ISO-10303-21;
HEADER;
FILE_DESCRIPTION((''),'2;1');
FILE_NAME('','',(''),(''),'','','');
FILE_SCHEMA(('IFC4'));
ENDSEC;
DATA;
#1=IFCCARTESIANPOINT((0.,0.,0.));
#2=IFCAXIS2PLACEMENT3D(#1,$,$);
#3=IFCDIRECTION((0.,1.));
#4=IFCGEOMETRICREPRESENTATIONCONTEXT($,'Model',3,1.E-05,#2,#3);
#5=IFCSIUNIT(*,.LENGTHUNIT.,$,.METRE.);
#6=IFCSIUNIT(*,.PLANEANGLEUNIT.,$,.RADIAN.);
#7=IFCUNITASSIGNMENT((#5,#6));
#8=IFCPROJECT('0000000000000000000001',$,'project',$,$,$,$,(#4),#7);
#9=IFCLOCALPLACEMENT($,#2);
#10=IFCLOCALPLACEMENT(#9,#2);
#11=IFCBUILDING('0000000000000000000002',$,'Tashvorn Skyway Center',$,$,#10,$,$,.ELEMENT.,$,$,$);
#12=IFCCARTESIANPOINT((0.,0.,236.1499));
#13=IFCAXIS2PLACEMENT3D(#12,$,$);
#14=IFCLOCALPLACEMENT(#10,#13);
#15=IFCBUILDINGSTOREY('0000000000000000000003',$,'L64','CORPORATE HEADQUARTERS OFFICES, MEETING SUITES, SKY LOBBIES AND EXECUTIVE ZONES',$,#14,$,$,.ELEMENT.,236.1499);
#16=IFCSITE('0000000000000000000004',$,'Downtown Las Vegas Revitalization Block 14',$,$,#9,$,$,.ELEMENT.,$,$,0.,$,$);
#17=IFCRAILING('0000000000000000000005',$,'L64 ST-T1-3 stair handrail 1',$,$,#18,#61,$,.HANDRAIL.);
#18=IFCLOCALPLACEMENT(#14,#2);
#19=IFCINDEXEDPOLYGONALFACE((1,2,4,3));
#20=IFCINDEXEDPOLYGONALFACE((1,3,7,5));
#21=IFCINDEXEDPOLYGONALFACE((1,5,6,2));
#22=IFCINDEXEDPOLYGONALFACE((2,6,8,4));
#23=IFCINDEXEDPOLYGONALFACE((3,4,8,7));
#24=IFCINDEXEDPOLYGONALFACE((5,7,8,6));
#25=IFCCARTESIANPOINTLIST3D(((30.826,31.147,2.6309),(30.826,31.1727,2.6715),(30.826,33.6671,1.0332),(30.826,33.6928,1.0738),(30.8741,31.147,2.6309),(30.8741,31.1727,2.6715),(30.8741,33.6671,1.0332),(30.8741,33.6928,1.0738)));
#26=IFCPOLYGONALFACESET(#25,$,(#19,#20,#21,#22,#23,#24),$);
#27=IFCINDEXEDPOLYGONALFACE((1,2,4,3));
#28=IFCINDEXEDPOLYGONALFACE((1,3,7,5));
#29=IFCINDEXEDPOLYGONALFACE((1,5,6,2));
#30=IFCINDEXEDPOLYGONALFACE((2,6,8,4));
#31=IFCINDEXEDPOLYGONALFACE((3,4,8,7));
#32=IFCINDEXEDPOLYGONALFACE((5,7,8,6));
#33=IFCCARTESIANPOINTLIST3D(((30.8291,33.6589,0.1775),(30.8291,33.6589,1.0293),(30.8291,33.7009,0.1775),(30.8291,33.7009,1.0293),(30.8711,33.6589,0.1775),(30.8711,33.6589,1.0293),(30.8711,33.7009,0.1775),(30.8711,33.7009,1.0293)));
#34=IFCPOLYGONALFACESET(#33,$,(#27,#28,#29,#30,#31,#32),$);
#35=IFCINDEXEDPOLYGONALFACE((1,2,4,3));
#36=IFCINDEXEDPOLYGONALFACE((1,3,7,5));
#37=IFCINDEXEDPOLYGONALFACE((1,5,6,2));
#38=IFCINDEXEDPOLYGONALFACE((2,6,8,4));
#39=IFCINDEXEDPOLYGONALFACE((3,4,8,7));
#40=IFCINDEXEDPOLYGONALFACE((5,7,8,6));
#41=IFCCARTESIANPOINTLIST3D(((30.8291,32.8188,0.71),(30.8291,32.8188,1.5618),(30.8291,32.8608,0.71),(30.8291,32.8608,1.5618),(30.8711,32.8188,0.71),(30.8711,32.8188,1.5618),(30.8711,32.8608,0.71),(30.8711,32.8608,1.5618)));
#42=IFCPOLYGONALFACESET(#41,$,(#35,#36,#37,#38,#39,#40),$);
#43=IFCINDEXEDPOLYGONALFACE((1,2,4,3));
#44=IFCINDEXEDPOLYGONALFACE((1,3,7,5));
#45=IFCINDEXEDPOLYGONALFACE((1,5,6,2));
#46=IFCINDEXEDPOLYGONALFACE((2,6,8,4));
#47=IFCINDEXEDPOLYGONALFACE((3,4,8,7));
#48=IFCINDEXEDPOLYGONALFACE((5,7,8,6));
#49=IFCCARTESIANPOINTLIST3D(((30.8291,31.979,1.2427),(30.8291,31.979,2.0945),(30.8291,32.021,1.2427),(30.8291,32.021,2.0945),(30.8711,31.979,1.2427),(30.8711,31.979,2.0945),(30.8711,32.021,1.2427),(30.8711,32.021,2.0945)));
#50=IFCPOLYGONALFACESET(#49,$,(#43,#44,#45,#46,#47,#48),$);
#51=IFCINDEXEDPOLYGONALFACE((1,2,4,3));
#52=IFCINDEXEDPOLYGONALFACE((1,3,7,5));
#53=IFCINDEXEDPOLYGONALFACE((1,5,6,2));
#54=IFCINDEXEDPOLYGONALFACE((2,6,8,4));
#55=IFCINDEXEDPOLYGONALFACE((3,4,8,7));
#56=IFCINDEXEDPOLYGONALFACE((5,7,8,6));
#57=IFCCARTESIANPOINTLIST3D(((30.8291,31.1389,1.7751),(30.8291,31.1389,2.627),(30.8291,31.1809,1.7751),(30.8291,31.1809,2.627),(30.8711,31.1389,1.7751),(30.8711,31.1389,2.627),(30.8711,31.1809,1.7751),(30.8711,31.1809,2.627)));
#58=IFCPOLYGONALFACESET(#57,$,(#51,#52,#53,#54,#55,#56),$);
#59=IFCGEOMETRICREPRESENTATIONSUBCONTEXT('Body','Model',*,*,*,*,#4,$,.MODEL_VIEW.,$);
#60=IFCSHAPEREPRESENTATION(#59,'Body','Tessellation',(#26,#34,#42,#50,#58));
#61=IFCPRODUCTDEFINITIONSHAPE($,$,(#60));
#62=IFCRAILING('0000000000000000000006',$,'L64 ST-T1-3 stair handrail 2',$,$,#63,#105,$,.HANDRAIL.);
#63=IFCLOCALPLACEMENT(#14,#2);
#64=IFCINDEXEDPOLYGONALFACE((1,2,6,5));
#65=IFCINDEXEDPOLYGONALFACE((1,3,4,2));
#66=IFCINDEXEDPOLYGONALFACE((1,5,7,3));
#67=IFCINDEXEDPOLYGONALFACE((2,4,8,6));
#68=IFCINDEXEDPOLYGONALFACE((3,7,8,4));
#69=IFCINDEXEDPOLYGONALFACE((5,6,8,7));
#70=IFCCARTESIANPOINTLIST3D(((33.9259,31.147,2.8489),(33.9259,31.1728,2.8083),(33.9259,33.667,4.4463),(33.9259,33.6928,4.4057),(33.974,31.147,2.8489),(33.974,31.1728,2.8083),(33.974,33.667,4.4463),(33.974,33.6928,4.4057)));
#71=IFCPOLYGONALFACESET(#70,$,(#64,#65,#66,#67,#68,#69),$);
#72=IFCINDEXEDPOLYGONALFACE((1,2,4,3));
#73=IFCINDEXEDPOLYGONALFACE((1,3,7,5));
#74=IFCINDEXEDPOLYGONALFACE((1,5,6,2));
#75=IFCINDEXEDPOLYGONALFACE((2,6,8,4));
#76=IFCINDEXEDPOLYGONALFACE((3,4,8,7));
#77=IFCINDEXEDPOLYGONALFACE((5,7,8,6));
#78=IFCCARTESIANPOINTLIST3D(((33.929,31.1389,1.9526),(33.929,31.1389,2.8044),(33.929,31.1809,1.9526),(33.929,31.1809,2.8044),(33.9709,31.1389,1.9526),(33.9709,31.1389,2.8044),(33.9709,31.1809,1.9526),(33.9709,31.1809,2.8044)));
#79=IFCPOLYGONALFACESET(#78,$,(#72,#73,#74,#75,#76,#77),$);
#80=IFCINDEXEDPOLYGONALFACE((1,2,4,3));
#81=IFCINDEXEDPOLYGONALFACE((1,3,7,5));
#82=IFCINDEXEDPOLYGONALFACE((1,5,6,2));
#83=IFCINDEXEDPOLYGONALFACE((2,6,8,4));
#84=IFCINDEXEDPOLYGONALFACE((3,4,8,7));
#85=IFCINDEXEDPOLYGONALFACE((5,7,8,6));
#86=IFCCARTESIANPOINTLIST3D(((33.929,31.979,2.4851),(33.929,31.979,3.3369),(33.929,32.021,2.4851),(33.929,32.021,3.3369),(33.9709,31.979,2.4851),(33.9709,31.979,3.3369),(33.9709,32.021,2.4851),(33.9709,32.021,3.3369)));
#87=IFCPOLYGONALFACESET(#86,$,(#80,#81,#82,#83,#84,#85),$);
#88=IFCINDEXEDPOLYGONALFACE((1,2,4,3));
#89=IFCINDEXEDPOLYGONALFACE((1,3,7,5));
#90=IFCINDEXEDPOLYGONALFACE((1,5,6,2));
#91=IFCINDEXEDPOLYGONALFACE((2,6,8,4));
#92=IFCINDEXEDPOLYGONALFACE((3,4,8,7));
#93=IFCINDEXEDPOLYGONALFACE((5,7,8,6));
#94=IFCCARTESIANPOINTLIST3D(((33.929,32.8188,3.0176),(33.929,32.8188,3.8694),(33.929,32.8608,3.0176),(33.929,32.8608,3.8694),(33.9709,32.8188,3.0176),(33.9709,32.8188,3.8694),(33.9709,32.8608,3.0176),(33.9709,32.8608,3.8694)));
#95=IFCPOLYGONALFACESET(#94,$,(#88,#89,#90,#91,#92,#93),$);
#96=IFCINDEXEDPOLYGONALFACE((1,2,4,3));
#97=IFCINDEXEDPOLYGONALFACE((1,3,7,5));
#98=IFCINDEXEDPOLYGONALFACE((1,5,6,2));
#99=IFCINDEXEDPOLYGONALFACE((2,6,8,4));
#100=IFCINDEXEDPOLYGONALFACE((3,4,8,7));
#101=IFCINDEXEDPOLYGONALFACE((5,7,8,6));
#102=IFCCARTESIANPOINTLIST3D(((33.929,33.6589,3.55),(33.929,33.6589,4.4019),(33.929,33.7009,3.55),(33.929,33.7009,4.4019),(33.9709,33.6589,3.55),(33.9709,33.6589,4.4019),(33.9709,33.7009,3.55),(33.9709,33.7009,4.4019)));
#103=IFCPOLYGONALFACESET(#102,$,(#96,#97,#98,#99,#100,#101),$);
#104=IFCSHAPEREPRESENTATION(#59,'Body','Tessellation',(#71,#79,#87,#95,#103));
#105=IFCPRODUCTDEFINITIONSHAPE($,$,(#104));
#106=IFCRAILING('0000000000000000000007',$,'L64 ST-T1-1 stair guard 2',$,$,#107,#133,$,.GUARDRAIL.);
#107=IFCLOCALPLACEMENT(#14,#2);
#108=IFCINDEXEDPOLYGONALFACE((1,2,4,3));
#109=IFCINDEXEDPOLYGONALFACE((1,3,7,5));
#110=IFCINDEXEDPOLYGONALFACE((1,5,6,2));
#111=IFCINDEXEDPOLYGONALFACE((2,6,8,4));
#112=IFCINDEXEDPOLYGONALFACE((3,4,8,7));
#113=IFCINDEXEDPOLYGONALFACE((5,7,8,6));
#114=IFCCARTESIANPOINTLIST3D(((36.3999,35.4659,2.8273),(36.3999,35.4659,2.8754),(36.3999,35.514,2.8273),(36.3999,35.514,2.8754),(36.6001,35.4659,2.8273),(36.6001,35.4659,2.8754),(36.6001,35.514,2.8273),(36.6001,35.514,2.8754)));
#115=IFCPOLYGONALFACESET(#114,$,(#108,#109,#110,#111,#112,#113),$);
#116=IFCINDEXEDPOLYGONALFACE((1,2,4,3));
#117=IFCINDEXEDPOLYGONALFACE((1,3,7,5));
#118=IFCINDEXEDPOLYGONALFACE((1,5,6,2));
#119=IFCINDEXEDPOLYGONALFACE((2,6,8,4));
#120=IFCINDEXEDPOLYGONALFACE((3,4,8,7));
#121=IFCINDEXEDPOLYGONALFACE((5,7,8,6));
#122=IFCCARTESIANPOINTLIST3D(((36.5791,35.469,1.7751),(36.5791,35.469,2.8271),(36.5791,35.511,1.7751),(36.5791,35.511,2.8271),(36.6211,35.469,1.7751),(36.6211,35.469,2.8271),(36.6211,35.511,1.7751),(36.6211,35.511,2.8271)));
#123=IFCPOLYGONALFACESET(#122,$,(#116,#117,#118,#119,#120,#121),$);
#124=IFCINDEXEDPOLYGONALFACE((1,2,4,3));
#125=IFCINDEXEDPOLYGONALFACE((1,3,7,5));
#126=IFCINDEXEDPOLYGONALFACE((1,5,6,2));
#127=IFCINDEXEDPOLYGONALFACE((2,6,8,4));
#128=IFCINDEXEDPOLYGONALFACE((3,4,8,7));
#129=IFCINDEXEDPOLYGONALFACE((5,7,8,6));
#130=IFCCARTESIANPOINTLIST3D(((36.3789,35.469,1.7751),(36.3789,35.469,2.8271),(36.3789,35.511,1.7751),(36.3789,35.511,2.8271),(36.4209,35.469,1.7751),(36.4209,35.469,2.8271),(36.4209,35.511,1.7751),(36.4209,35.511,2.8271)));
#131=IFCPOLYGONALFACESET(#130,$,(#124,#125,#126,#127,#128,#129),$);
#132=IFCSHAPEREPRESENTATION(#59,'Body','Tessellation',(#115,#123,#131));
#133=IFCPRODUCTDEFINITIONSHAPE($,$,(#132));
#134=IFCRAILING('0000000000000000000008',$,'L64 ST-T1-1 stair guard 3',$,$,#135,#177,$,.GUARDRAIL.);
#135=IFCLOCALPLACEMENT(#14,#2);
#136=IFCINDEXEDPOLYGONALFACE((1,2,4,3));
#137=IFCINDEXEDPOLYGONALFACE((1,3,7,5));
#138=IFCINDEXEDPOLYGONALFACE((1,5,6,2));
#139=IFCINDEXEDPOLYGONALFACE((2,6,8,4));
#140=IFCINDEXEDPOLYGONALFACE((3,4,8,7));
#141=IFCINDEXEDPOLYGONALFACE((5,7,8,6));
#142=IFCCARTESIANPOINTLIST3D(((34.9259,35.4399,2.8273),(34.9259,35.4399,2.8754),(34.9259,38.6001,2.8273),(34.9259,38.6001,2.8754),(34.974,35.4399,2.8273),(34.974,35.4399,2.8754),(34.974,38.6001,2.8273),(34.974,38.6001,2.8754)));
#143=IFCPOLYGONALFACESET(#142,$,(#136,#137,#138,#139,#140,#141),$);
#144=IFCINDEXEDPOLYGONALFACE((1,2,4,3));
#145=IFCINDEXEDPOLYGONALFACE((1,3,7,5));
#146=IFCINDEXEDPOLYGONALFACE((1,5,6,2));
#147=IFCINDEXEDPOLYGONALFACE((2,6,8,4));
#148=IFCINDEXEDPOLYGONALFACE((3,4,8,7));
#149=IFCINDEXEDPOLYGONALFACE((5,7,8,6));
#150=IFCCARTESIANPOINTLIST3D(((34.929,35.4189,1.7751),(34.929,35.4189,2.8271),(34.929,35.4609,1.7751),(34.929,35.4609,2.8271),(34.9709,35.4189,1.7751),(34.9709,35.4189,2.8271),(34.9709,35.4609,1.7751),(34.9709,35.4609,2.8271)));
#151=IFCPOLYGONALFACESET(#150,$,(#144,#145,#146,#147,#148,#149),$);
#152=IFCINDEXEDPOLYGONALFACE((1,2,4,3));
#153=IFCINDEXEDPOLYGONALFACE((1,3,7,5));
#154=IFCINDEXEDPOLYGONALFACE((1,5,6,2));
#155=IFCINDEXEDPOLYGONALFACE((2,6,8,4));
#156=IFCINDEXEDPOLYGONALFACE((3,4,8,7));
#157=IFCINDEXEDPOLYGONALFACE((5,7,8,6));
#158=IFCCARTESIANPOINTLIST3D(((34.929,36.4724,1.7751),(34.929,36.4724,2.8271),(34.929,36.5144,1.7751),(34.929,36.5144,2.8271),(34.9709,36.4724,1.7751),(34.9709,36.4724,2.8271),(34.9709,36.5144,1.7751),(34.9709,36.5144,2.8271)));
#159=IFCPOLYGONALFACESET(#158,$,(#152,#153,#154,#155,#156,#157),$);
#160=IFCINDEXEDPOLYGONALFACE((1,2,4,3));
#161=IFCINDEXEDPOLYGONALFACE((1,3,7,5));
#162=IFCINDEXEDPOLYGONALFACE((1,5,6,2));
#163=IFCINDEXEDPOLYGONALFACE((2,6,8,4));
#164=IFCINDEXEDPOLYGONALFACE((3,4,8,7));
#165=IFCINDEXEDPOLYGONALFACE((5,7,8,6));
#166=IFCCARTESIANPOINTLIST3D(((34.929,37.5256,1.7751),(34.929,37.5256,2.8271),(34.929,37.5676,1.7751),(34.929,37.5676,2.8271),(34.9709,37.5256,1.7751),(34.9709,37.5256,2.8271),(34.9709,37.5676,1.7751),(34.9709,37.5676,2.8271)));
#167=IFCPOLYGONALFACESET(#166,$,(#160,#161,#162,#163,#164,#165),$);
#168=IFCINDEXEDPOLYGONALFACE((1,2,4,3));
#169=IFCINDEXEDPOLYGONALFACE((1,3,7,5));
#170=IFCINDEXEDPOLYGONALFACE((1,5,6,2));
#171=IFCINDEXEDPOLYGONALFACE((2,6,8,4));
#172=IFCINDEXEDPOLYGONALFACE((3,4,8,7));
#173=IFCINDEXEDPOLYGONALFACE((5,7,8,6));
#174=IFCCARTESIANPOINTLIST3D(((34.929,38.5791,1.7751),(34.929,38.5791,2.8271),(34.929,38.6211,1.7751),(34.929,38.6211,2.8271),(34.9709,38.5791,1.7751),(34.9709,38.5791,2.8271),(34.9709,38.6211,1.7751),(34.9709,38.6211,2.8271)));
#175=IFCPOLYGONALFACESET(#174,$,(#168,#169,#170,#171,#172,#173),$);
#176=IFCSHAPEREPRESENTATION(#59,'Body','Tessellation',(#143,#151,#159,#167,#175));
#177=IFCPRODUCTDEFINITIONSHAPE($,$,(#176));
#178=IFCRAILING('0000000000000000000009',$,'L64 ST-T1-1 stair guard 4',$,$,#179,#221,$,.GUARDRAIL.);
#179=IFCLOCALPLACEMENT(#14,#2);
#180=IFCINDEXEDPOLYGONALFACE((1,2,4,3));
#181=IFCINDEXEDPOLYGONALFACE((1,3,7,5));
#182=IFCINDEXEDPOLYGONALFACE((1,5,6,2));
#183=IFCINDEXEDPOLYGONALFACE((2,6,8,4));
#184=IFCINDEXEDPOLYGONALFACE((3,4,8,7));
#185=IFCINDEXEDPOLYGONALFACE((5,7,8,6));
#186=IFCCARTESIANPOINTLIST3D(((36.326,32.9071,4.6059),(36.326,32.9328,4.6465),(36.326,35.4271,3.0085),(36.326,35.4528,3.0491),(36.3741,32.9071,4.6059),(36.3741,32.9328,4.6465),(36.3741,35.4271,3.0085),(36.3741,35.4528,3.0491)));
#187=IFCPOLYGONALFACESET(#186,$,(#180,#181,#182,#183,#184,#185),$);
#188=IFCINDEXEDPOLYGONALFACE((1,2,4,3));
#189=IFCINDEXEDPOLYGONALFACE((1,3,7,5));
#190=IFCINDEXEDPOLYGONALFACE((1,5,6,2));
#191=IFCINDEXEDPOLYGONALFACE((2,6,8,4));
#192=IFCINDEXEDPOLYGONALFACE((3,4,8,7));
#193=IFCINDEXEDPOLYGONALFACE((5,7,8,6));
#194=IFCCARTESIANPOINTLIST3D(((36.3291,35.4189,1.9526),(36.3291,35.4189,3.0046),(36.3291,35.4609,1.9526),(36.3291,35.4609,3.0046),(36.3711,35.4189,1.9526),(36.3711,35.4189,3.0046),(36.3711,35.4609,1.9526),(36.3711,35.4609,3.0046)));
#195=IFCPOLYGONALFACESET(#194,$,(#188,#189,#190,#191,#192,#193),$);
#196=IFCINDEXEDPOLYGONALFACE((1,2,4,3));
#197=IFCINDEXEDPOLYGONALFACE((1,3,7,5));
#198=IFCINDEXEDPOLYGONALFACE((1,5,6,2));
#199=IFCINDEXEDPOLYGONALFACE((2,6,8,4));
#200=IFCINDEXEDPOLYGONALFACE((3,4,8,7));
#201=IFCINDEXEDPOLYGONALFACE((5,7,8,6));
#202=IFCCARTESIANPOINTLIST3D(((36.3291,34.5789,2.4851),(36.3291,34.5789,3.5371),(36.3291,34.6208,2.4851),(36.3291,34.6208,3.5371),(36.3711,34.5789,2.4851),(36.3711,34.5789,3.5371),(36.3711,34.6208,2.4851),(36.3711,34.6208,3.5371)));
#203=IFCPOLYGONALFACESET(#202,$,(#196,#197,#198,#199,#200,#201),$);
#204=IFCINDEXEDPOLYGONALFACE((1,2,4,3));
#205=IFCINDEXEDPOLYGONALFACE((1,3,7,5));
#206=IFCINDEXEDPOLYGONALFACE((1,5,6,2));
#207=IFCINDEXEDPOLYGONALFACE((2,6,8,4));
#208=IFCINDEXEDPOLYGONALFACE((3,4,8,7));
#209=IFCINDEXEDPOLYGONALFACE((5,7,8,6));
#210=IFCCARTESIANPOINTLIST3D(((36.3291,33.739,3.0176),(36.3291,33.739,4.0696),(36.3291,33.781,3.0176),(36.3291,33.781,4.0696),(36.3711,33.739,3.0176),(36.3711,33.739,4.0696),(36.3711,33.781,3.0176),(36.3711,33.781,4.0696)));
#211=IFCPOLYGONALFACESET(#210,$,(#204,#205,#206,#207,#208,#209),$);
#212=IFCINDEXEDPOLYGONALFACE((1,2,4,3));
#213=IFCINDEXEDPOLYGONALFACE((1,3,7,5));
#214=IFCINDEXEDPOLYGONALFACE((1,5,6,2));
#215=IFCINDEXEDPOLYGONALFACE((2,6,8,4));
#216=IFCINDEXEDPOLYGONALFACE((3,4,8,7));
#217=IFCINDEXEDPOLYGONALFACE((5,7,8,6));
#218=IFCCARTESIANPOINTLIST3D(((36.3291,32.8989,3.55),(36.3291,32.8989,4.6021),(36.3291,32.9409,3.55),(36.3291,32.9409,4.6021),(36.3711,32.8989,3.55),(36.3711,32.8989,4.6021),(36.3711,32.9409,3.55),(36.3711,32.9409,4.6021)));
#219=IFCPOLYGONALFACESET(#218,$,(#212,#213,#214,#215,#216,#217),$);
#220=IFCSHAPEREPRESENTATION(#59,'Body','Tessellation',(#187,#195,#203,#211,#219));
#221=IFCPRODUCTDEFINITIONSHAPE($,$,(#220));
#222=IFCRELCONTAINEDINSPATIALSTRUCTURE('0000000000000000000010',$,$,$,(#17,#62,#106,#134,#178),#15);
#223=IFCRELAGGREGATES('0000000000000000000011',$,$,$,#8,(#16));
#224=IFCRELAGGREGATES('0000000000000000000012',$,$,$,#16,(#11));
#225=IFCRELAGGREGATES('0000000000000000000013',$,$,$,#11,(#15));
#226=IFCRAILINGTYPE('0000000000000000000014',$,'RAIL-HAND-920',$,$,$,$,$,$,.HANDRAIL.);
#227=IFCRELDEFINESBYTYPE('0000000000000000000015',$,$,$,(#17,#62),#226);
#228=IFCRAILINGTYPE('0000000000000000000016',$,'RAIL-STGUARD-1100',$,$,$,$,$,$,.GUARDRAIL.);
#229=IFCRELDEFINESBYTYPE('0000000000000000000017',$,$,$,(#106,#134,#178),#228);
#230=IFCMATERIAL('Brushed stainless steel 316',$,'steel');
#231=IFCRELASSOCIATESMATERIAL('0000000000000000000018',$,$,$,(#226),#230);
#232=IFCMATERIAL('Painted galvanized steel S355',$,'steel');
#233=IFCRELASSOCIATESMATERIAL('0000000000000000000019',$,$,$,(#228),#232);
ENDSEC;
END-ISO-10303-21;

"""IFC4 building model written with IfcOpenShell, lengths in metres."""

from ifc_helpers import new_model, si_unit, direction, frame, origin, origin_2d, place, context, subcontext, project, spatial, rectangle, extrude, material, type_object, element, save


model = new_model("IFC4")

# Units and contexts
model_context = context("Model", 3, precision=1e-05, world=origin(), true_north=direction((0.0, 1.0)))
body_context = subcontext(model_context, "Body", "Model", "MODEL_VIEW")
ifc_project = project(units=[si_unit("LENGTHUNIT", "METRE"), si_unit("PLANEANGLEUNIT", "RADIAN")], contexts=[model_context])

# Site, building, storey
site_placement = place(None, origin())
site = spatial("IfcSite", under=ifc_project, at=site_placement, Name="Downtown Las Vegas Revitalization Block 14", CompositionType="ELEMENT", RefElevation=0.0)
building_placement = place(site_placement, origin())
building = spatial("IfcBuilding", under=site, at=building_placement, Name="Tashvorn Skyway Center", CompositionType="ELEMENT")
storey_placement = place(building_placement, frame((0.0, 0.0, 236.1499)))
storey = spatial("IfcBuildingStorey", under=building, at=storey_placement, Name="L64", Description="CORPORATE HEADQUARTERS OFFICES, MEETING SUITES, SKY LOBBIES AND EXECUTIVE ZONES", CompositionType="ELEMENT", Elevation=236.1499)

# Railings
ifc_material_1 = material(Name="Brushed stainless steel 316", Category="steel")
railing_type_1 = type_object("IfcRailingType", Name="RAIL-HAND-920", PredefinedType="HANDRAIL", material=ifc_material_1)
railing_1_placement = place(storey_placement, frame((30.8501, 33.6799, 0.1775)))
element("IfcRailing", 1, at=railing_1_placement, inside=storey, type_object=railing_type_1, Name="L64 ST-T1-3 stair handrail 1", PredefinedType="HANDRAIL", context=body_context, shape_type="SweptSolid", body=[
    extrude(rectangle(XDim=0.0481, YDim=0.0481, at=origin_2d()), frame((0.0, 0.0, 0.876), z_axis=(0.0, -0.84457, 0.535445), x_axis=(1.0, 0.0, 0.0)), (0.0, 0.0, 1.0), 2.9839),
    extrude(rectangle(XDim=0.042, YDim=0.042, at=origin_2d()), origin(), (0.0, 0.0, 1.0), 0.8518),
    extrude(rectangle(XDim=0.042, YDim=0.042, at=origin_2d()), frame((0.0, -0.8401, 0.5325)), (0.0, 0.0, 1.0), 0.8518),
    extrude(rectangle(XDim=0.042, YDim=0.042, at=origin_2d()), frame((0.0, -1.6799, 1.0652)), (0.0, 0.0, 1.0), 0.8518),
    extrude(rectangle(XDim=0.042, YDim=0.042, at=origin_2d()), frame((0.0, -2.52, 1.5977)), (0.0, 0.0, 1.0), 0.8518),
])
railing_2_placement = place(storey_placement, frame((33.95, 31.1599, 1.9526)))
element("IfcRailing", 2, at=railing_2_placement, inside=storey, type_object=railing_type_1, Name="L64 ST-T1-3 stair handrail 2", PredefinedType="HANDRAIL", context=body_context, shape_type="SweptSolid", body=[
    extrude(rectangle(XDim=0.0481, YDim=0.0481, at=origin_2d()), frame((0.0, 0.0, 0.876), z_axis=(0.0, 0.844607, 0.535387), x_axis=(-1.0, 0.0, 0.0)), (0.0, 0.0, 1.0), 2.9836),
    extrude(rectangle(XDim=0.042, YDim=0.042, at=origin_2d()), origin(), (0.0, 0.0, 1.0), 0.8518),
    extrude(rectangle(XDim=0.042, YDim=0.042, at=origin_2d()), frame((0.0, 0.8401, 0.5325)), (0.0, 0.0, 1.0), 0.8518),
    extrude(rectangle(XDim=0.042, YDim=0.042, at=origin_2d()), frame((0.0, 1.6799, 1.0649)), (0.0, 0.0, 1.0), 0.8518),
    extrude(rectangle(XDim=0.042, YDim=0.042, at=origin_2d()), frame((0.0, 2.52, 1.5974)), (0.0, 0.0, 1.0), 0.8518),
])
ifc_material_2 = material(Name="Painted galvanized steel S355", Category="steel")
railing_type_2 = type_object("IfcRailingType", Name="RAIL-STGUARD-1100", PredefinedType="GUARDRAIL", material=ifc_material_2)
railing_3_placement = place(storey_placement, frame((36.6001, 35.49, 1.7751)))
element("IfcRailing", 3, at=railing_3_placement, inside=storey, type_object=railing_type_2, Name="L64 ST-T1-1 stair guard 2", PredefinedType="GUARDRAIL", context=body_context, shape_type="SweptSolid", body=[
    extrude(rectangle(XDim=0.0481, YDim=0.0481, at=origin_2d()), frame((0.0, 0.0, 1.0762), z_axis=(-1.0, 0.0, 0.0), x_axis=(0.0, -1.0, 0.0)), (0.0, 0.0, 1.0), 0.2002),
    extrude(rectangle(XDim=0.042, YDim=0.042, at=origin_2d()), origin(), (0.0, 0.0, 1.0), 1.052),
    extrude(rectangle(XDim=0.042, YDim=0.042, at=origin_2d()), frame((-0.2002, 0.0, 0.0)), (0.0, 0.0, 1.0), 1.052),
])
railing_4_placement = place(storey_placement, frame((34.95, 35.4399, 1.7751)))
element("IfcRailing", 4, at=railing_4_placement, inside=storey, type_object=railing_type_2, Name="L64 ST-T1-1 stair guard 3", PredefinedType="GUARDRAIL", context=body_context, shape_type="SweptSolid", body=[
    extrude(rectangle(XDim=0.0481, YDim=0.0481, at=origin_2d()), frame((0.0, 0.0, 1.0762), z_axis=(0.0, 1.0, 0.0), x_axis=(-1.0, 0.0, 0.0)), (0.0, 0.0, 1.0), 3.1602),
    extrude(rectangle(XDim=0.042, YDim=0.042, at=origin_2d()), origin(), (0.0, 0.0, 1.0), 1.052),
    extrude(rectangle(XDim=0.042, YDim=0.042, at=origin_2d()), frame((0.0, 1.0535, 0.0)), (0.0, 0.0, 1.0), 1.052),
    extrude(rectangle(XDim=0.042, YDim=0.042, at=origin_2d()), frame((0.0, 2.1067, 0.0)), (0.0, 0.0, 1.0), 1.052),
    extrude(rectangle(XDim=0.042, YDim=0.042, at=origin_2d()), frame((0.0, 3.1602, 0.0)), (0.0, 0.0, 1.0), 1.052),
])
railing_5_placement = place(storey_placement, frame((36.3501, 35.4399, 1.9526)))
element("IfcRailing", 5, at=railing_5_placement, inside=storey, type_object=railing_type_2, Name="L64 ST-T1-1 stair guard 4", PredefinedType="GUARDRAIL", context=body_context, shape_type="SweptSolid", body=[
    extrude(rectangle(XDim=0.0481, YDim=0.0481, at=origin_2d()), frame((0.0, 0.0, 1.0762), z_axis=(0.0, -0.844607, 0.535387), x_axis=(1.0, 0.0, 0.0)), (0.0, 0.0, 1.0), 2.9836),
    extrude(rectangle(XDim=0.042, YDim=0.042, at=origin_2d()), origin(), (0.0, 0.0, 1.0), 1.052),
    extrude(rectangle(XDim=0.042, YDim=0.042, at=origin_2d()), frame((0.0, -0.8401, 0.5325)), (0.0, 0.0, 1.0), 1.052),
    extrude(rectangle(XDim=0.042, YDim=0.042, at=origin_2d()), frame((0.0, -1.6799, 1.0649)), (0.0, 0.0, 1.0), 1.052),
    extrude(rectangle(XDim=0.042, YDim=0.042, at=origin_2d()), frame((0.0, -2.52, 1.5974)), (0.0, 0.0, 1.0), 1.052),
])

save(model, "model.ifc")
